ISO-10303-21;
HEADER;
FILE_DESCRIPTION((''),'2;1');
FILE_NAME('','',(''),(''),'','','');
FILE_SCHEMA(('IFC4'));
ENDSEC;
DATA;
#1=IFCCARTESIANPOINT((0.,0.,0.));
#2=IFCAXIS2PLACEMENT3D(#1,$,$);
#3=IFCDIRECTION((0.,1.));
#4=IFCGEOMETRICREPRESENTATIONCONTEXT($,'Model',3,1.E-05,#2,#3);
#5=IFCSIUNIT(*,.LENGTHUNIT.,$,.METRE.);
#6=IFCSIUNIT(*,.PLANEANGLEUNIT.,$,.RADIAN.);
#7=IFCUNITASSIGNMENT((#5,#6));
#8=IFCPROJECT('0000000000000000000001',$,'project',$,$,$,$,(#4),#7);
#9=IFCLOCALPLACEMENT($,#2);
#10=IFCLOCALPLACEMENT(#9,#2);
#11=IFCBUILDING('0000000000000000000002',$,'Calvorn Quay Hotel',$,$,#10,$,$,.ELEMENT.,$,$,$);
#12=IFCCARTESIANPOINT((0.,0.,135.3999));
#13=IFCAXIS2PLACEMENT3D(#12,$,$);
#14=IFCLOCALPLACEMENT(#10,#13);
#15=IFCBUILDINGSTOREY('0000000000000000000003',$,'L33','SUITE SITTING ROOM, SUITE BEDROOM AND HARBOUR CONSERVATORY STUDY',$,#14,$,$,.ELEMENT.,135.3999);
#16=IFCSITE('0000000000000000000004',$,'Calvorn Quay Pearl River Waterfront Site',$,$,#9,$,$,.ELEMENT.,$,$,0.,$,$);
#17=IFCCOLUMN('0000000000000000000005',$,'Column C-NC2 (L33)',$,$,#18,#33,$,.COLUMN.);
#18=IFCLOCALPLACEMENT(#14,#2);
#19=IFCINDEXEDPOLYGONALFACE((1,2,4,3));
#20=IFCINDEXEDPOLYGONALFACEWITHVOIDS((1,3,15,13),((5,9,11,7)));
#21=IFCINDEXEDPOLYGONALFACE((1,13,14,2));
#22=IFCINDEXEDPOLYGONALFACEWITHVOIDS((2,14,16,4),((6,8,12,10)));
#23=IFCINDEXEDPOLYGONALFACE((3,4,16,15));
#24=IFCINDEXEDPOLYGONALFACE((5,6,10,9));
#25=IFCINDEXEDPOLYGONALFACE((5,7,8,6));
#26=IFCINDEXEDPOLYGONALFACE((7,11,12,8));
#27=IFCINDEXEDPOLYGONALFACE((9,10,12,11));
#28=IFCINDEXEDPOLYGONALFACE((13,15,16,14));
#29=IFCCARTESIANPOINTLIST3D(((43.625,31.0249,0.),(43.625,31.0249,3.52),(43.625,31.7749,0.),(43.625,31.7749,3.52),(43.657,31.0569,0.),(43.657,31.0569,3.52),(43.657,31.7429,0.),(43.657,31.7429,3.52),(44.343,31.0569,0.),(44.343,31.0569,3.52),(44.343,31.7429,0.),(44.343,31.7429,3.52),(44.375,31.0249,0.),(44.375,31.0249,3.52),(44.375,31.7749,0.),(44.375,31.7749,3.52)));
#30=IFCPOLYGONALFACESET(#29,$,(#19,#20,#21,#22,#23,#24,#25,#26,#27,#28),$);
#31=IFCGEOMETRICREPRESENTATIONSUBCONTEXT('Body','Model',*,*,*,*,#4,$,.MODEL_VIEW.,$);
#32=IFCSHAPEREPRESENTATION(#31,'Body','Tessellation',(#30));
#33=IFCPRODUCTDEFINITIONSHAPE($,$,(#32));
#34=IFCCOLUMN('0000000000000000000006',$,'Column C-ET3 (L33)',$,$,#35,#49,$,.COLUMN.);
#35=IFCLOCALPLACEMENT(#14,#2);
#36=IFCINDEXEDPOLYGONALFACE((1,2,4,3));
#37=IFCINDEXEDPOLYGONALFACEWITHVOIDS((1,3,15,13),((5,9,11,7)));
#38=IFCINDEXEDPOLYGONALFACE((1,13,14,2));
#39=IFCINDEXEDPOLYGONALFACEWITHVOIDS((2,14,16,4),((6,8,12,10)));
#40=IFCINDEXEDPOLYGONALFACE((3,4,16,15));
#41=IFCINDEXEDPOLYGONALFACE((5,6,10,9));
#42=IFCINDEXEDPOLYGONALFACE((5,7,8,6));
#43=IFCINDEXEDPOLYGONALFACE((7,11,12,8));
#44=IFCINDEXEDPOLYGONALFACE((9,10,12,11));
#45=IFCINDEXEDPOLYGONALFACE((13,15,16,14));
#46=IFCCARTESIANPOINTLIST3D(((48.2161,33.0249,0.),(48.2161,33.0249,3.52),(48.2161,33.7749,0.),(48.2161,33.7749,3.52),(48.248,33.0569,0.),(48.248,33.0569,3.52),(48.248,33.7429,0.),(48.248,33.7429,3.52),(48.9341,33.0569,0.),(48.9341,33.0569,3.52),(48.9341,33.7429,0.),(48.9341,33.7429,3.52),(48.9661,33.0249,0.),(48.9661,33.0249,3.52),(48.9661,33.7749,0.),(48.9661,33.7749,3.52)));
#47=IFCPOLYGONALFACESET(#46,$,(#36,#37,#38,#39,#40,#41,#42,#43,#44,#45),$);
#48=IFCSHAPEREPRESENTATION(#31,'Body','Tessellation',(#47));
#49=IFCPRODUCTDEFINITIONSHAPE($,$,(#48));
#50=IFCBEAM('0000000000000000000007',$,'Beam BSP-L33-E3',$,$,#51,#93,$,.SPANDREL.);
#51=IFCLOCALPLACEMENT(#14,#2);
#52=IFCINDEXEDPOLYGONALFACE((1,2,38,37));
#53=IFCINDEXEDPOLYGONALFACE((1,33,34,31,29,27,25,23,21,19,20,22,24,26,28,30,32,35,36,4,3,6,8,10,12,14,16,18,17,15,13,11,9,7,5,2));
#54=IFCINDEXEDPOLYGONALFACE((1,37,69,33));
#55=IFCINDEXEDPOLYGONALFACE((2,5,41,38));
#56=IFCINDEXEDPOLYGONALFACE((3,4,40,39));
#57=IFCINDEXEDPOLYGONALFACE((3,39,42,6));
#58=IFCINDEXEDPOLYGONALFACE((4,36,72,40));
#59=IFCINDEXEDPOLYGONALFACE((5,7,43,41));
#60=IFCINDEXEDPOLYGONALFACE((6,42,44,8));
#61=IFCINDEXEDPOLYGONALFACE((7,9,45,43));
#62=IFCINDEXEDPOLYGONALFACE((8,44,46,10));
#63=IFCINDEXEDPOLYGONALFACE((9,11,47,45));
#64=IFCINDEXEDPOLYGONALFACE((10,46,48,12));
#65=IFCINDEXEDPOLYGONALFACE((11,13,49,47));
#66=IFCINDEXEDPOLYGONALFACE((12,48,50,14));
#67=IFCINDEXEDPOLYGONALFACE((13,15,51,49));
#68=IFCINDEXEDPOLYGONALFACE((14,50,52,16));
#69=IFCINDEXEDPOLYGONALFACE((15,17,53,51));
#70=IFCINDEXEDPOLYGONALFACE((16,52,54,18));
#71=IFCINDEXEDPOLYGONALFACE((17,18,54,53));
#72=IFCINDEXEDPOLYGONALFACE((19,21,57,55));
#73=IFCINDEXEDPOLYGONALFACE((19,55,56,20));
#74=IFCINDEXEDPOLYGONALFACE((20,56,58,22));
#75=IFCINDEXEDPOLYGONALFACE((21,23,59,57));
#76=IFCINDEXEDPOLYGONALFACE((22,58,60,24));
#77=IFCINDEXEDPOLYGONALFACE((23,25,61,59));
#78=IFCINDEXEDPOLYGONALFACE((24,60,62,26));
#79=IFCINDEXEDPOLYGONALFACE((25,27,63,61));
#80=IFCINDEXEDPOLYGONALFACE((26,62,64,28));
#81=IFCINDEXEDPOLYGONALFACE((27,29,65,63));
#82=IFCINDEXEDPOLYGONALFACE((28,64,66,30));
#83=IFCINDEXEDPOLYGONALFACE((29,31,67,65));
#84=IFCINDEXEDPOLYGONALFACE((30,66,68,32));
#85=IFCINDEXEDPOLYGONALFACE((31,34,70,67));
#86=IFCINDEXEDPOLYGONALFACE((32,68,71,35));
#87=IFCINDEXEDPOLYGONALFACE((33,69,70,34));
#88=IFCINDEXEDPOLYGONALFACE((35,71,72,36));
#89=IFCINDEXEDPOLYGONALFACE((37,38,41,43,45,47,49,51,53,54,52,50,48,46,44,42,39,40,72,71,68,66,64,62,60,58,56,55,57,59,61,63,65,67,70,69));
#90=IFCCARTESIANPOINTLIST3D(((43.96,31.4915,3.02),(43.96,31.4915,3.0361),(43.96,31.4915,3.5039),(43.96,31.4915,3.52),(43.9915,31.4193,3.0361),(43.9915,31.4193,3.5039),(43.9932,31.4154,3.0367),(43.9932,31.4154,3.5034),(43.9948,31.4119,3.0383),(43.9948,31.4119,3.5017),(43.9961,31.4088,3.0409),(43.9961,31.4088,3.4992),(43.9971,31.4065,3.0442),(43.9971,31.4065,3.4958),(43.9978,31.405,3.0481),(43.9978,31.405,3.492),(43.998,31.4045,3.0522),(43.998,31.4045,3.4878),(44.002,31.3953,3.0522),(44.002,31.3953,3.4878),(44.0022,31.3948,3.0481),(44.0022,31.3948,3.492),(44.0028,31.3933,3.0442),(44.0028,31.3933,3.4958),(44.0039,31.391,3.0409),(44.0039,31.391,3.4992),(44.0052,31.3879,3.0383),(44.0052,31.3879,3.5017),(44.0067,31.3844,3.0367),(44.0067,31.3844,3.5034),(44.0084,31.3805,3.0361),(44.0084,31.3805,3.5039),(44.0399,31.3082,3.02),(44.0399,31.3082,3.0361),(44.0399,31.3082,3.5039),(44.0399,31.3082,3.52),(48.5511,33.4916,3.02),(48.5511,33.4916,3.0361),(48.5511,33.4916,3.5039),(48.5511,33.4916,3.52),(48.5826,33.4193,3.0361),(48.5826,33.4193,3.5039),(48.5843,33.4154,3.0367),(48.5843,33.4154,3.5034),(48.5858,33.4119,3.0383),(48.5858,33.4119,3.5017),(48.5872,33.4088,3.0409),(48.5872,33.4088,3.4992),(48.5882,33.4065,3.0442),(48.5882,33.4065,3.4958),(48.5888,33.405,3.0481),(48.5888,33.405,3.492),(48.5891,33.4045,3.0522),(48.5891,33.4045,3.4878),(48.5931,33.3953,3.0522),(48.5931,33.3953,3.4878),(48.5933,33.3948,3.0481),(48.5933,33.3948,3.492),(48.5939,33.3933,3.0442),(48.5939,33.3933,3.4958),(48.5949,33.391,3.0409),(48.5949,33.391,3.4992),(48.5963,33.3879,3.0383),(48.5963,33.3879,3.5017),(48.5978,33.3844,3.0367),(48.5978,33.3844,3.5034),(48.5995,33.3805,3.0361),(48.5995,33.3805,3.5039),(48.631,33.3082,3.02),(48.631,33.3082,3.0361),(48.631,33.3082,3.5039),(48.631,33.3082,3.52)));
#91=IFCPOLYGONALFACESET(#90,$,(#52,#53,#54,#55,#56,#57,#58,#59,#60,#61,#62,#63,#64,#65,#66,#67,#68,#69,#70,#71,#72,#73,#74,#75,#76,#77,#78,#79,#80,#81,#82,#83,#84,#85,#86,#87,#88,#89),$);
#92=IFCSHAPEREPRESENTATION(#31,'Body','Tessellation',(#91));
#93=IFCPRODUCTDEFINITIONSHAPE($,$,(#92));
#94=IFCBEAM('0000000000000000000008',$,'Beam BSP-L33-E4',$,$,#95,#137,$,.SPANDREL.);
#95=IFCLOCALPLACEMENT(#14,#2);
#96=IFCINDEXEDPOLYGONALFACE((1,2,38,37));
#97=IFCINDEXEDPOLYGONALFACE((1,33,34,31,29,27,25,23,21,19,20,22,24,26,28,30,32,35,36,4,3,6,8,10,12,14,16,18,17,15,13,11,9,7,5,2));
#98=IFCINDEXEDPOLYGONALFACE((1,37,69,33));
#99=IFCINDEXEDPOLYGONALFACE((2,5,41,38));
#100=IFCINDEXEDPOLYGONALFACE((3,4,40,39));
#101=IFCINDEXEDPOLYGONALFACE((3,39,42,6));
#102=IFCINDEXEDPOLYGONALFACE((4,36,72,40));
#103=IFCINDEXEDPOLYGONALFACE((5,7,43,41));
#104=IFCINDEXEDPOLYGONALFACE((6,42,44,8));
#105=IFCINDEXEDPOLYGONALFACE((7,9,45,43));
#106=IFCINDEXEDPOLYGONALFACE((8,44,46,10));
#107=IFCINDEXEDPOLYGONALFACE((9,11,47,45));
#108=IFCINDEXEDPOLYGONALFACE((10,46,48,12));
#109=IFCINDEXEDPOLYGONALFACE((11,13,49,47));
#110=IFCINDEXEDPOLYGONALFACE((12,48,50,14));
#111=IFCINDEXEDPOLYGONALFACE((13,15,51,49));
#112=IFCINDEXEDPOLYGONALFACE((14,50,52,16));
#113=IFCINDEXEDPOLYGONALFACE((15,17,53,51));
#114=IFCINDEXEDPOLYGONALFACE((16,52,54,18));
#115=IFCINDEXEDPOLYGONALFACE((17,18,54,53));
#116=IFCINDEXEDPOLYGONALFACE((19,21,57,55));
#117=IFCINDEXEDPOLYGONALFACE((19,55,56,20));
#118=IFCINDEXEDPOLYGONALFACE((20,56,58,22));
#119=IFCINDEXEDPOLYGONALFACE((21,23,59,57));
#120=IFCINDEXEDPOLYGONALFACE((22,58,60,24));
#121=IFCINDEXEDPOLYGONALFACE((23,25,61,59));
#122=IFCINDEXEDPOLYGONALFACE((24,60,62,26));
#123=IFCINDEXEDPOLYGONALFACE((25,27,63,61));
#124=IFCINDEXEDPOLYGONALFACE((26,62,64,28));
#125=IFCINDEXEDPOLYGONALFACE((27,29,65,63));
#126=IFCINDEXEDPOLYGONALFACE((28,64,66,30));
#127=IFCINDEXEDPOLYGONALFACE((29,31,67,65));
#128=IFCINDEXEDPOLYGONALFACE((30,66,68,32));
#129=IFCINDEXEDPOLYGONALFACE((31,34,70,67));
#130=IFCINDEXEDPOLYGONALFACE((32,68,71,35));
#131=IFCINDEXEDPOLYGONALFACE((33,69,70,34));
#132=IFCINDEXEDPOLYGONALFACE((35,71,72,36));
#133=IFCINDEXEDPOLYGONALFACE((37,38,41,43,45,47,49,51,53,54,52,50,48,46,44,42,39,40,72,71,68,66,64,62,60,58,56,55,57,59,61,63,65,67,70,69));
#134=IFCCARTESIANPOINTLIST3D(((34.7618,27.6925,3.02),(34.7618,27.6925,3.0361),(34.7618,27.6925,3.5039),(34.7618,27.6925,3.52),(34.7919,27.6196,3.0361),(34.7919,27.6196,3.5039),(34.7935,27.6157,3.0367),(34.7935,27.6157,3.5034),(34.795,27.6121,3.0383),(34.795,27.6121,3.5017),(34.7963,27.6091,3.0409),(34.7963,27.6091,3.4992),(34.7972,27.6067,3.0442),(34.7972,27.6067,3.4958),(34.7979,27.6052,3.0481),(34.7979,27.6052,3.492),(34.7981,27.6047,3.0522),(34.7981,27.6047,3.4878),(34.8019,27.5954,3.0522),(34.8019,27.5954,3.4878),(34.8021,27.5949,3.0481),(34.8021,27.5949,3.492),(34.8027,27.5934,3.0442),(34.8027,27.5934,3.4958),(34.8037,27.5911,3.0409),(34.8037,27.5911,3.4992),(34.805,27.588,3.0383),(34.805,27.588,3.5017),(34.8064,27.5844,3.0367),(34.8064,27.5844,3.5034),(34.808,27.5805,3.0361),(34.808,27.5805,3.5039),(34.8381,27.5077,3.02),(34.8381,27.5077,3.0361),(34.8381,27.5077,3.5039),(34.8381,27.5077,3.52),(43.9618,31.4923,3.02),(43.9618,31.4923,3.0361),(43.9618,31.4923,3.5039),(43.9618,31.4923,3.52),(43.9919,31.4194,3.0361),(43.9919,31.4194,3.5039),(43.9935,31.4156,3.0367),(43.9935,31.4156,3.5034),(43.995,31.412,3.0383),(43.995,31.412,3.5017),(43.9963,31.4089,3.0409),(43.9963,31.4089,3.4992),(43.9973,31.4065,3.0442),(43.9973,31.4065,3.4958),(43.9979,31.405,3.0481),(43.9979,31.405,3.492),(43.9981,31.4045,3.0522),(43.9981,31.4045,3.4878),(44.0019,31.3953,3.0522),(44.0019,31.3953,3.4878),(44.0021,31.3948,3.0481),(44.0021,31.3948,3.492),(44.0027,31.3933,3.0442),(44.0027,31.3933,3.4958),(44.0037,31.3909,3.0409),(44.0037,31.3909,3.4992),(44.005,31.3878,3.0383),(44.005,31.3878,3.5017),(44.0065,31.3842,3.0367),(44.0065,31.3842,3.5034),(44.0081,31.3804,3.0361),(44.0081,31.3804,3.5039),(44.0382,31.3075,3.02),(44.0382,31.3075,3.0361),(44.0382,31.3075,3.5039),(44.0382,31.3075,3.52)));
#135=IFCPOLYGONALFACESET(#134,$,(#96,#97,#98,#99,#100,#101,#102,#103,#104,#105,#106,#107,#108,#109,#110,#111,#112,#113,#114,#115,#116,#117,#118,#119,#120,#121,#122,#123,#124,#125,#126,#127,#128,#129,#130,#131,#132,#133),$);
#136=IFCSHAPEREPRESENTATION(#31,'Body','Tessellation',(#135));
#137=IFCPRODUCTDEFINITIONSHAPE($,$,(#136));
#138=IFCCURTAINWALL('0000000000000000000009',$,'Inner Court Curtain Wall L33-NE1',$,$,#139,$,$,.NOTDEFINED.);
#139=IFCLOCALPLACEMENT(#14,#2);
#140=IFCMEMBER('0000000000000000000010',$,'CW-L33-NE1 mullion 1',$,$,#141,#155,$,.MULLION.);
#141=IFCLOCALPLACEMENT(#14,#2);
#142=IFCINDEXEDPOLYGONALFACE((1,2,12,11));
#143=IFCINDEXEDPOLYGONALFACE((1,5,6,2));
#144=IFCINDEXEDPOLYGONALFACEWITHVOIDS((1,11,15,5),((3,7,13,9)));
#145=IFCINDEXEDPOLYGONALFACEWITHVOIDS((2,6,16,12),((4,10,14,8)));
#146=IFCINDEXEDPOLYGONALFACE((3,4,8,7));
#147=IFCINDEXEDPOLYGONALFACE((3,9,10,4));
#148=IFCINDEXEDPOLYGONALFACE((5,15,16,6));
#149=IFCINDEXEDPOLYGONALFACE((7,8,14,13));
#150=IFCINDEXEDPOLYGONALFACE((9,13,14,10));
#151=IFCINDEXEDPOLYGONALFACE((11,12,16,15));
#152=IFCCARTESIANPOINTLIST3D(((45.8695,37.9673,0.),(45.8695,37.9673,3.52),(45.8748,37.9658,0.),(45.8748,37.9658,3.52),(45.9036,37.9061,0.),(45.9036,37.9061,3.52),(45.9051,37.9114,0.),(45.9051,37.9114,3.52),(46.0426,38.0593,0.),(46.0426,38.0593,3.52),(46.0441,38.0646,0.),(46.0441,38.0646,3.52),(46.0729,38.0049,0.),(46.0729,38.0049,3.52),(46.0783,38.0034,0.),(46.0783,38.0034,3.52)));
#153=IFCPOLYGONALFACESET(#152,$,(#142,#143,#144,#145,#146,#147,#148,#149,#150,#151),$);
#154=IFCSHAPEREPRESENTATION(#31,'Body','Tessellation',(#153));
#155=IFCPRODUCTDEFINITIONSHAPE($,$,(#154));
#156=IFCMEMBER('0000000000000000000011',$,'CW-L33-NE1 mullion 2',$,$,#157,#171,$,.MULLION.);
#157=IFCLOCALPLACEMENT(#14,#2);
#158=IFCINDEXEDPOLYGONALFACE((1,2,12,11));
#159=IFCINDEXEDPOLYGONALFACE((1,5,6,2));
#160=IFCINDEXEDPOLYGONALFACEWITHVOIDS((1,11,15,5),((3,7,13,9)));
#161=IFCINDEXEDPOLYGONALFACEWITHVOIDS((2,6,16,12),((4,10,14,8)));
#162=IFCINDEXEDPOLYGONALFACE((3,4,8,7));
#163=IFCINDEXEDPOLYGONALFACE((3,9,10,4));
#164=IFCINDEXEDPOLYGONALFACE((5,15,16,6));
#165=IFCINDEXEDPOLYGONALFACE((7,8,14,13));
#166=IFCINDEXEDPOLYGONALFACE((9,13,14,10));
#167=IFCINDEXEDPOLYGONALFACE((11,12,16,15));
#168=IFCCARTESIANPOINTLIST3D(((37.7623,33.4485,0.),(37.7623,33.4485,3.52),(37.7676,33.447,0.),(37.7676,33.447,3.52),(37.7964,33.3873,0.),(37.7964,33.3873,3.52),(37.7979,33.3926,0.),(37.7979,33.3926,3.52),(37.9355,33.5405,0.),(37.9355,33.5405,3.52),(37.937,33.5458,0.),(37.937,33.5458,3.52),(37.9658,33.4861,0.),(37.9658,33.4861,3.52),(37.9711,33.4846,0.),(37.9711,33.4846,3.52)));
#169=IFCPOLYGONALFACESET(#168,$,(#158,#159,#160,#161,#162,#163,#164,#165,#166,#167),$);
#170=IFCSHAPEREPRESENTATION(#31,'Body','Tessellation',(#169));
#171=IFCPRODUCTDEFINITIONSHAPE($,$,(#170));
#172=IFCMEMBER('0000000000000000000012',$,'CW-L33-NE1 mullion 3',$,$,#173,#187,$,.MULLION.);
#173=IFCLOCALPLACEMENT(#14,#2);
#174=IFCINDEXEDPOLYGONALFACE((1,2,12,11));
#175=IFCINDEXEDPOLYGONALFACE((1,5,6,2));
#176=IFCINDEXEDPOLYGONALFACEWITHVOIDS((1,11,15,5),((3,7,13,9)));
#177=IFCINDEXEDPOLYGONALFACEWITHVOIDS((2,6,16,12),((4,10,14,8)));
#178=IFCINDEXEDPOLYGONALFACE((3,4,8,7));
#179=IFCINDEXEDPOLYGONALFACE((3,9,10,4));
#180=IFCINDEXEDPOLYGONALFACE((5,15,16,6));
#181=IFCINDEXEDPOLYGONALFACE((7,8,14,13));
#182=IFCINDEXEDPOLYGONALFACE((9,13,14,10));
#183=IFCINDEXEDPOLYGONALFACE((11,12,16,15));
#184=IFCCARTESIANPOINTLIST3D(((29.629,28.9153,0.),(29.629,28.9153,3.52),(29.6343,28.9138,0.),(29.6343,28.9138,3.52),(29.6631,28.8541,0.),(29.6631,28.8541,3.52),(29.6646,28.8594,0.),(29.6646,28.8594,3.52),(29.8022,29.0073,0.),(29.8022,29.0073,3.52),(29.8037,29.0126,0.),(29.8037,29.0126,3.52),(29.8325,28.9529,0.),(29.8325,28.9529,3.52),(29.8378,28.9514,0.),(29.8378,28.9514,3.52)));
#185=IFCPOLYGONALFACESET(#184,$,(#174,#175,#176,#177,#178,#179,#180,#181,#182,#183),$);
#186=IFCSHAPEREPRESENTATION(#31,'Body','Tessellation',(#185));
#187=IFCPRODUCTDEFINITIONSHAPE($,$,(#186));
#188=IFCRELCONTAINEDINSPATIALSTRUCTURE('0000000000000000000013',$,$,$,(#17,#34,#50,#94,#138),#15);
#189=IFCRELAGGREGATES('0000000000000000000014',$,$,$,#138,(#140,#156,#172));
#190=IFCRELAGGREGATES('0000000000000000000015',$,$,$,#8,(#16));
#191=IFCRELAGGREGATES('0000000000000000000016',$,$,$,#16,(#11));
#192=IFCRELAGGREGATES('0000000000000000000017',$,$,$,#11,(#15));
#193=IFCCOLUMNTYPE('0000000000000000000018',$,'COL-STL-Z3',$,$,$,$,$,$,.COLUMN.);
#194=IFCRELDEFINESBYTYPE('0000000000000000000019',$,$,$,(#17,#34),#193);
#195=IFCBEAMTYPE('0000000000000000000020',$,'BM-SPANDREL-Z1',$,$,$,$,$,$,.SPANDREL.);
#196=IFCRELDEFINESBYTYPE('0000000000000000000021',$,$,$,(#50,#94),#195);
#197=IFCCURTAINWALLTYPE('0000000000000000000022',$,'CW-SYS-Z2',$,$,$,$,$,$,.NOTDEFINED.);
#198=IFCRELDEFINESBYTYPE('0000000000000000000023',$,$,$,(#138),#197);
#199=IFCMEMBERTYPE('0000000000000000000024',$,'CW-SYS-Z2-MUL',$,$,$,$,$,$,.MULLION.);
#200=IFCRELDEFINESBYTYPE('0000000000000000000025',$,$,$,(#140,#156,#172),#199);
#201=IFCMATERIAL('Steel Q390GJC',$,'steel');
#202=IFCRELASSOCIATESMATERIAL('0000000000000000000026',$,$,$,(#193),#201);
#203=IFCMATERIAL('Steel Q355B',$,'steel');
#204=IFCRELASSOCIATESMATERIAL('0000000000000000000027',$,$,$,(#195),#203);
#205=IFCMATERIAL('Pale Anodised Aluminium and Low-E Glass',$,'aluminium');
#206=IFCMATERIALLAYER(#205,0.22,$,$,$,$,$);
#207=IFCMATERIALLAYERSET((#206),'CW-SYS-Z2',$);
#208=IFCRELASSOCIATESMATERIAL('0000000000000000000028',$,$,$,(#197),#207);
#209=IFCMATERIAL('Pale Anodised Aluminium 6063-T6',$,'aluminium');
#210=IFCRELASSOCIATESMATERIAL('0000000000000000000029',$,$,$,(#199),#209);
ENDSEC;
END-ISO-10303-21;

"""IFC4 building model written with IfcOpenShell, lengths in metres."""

from ifc_helpers import new_model, si_unit, direction, frame, origin, origin_2d, place, context, subcontext, project, spatial, hollow_rectangle, i_section, extrude, material, layer, layer_set, material_profile, profile_set, type_object, element, aggregate, save


model = new_model("IFC4")

# Units and contexts
model_context = context("Model", 3, precision=1e-05, world=origin(), true_north=direction((0.0, 1.0)))
body_context = subcontext(model_context, "Body", "Model", "MODEL_VIEW")
ifc_project = project(units=[si_unit("LENGTHUNIT", "METRE"), si_unit("PLANEANGLEUNIT", "RADIAN")], contexts=[model_context])

# Site, building, storey
site_placement = place(None, origin())
site = spatial("IfcSite", under=ifc_project, at=site_placement, Name="Calvorn Quay Pearl River Waterfront Site", CompositionType="ELEMENT", RefElevation=0.0)
building_placement = place(site_placement, origin())
building = spatial("IfcBuilding", under=site, at=building_placement, Name="Calvorn Quay Hotel", CompositionType="ELEMENT")
storey_placement = place(building_placement, frame((0.0, 0.0, 135.3999)))
storey = spatial("IfcBuildingStorey", under=building, at=storey_placement, Name="L33", Description="SUITE SITTING ROOM, SUITE BEDROOM AND HARBOUR CONSERVATORY STUDY", CompositionType="ELEMENT", Elevation=135.3999)

# Columns
ifc_material_1 = material(Name="Steel Q390GJC", Category="steel")
ifc_material_profile_1 = material_profile(ifc_material_1, hollow_rectangle(XDim=0.75, YDim=0.75, WallThickness=0.032, at=origin_2d()), Name="BOX750x750x32")
ifc_profile_set_1 = profile_set([ifc_material_profile_1], Name="Steel Q390GJC")
column_type = type_object("IfcColumnType", Name="COL-STL-Z3", PredefinedType="COLUMN", material=ifc_profile_set_1)
for number, where, z_axis, x_axis, name in (
    (1, (44.0, 31.3999, 0.0), (0.0, 0.0, 1.0), (1.0, 0.0, 0.0), "Column C-NC2 (L33)"),
    (2, (48.5911, 33.3999, 0.0), (0.0, 0.0, 1.0), (1.0, 0.0, 0.0), "Column C-ET3 (L33)"),
):
    element("IfcColumn", number, at=place(storey_placement, frame(where, z_axis=z_axis, x_axis=x_axis)), inside=storey, type_object=column_type, Name=name, PredefinedType="COLUMN", context=body_context, shape_type="SweptSolid", body=[
        extrude(hollow_rectangle(XDim=0.75, YDim=0.75, WallThickness=0.032, at=origin_2d()), origin(), (0.0, 0.0, 1.0), 3.52),
    ])

# Beams
ifc_material_2 = material(Name="Steel Q355B", Category="steel")
ifc_material_profile_2 = material_profile(ifc_material_2, i_section(OverallWidth=0.2, OverallDepth=0.5, WebThickness=0.01, FlangeThickness=0.0161, FilletRadius=0.0161, at=origin_2d()), Name="HN500x200x10x16")
ifc_profile_set_2 = profile_set([ifc_material_profile_2], Name="Steel Q355B")
beam_type = type_object("IfcBeamType", Name="BM-SPANDREL-Z1", PredefinedType="SPANDREL", material=ifc_profile_set_2)
beam_1_placement = place(storey_placement, frame((48.5911, 33.3999, 3.27), z_axis=(-0.916786, -0.399378, 0.0), x_axis=(0.399378, -0.916786, 0.0)))
element("IfcBeam", 3, at=beam_1_placement, inside=storey, type_object=beam_type, Name="Beam BSP-L33-E3", PredefinedType="SPANDREL", context=body_context, shape_type="SweptSolid", body=[
    extrude(i_section(OverallWidth=0.2, OverallDepth=0.5, WebThickness=0.01, FlangeThickness=0.0161, FilletRadius=0.0161, at=origin_2d()), origin(), (0.0, 0.0, 1.0), 5.0078),
])
beam_2_placement = place(storey_placement, frame((44.0, 31.3999, 3.27), z_axis=(-0.924268, -0.381745, 0.0), x_axis=(0.381745, -0.924268, 0.0)))
element("IfcBeam", 4, at=beam_2_placement, inside=storey, type_object=beam_type, Name="Beam BSP-L33-E4", PredefinedType="SPANDREL", context=body_context, shape_type="SweptSolid", body=[
    extrude(i_section(OverallWidth=0.2, OverallDepth=0.5, WebThickness=0.01, FlangeThickness=0.0161, FilletRadius=0.0161, at=origin_2d()), origin(), (0.0, 0.0, 1.0), 9.9539),
])

# Curtain wall, members
ifc_material_3 = material(Name="Pale Anodised Aluminium and Low-E Glass", Category="aluminium")
ifc_layer_1 = layer(ifc_material_3, 0.22)
ifc_layer_set_1 = layer_set([ifc_layer_1], Name="CW-SYS-Z2")
curtain_wall_type = type_object("IfcCurtainWallType", Name="CW-SYS-Z2", PredefinedType="NOTDEFINED", material=ifc_layer_set_1)
curtain_wall_placement = place(storey_placement, origin())
curtain_wall = element("IfcCurtainWall", 5, at=curtain_wall_placement, inside=storey, type_object=curtain_wall_type, Name="Inner Court Curtain Wall L33-NE1", PredefinedType="NOTDEFINED")
ifc_material_4 = material(Name="Pale Anodised Aluminium 6063-T6", Category="aluminium")
ifc_material_profile_3 = material_profile(ifc_material_4, hollow_rectangle(XDim=0.0701, YDim=0.2, WallThickness=0.0039, at=origin_2d()), Name="ALU-M200x70x4")
ifc_profile_set_3 = profile_set([ifc_material_profile_3], Name="Pale Anodised Aluminium 6063-T6")
member_type_1 = type_object("IfcMemberType", Name="CW-SYS-Z2-MUL", PredefinedType="MULLION", material=ifc_profile_set_3)
member_1_placement = place(storey_placement, frame((45.9739, 37.9854, 0.0), z_axis=(0.0, 0.0, 1.0), x_axis=(0.486858, -0.873481, 0.0)))
member_1 = element("IfcMember", 6, at=member_1_placement, type_object=member_type_1, Name="CW-L33-NE1 mullion 1", PredefinedType="MULLION", context=body_context, shape_type="SweptSolid", body=[
    extrude(hollow_rectangle(XDim=0.0701, YDim=0.2, WallThickness=0.0039, at=origin_2d()), origin(), (0.0, 0.0, 1.0), 3.52),
])
member_2_placement = place(storey_placement, frame((37.8667, 33.4666, 0.0), z_axis=(0.0, 0.0, 1.0), x_axis=(0.486858, -0.873481, 0.0)))
member_2 = element("IfcMember", 7, at=member_2_placement, type_object=member_type_1, Name="CW-L33-NE1 mullion 2", PredefinedType="MULLION", context=body_context, shape_type="SweptSolid", body=[
    extrude(hollow_rectangle(XDim=0.0701, YDim=0.2, WallThickness=0.0039, at=origin_2d()), origin(), (0.0, 0.0, 1.0), 3.52),
])
member_3_placement = place(storey_placement, frame((29.7334, 28.9333, 0.0), z_axis=(0.0, 0.0, 1.0), x_axis=(0.486858, -0.873481, 0.0)))
member_3 = element("IfcMember", 8, at=member_3_placement, type_object=member_type_1, Name="CW-L33-NE1 mullion 3", PredefinedType="MULLION", context=body_context, shape_type="SweptSolid", body=[
    extrude(hollow_rectangle(XDim=0.0701, YDim=0.2, WallThickness=0.0039, at=origin_2d()), origin(), (0.0, 0.0, 1.0), 3.52),
])
aggregate(curtain_wall, [member_1, member_2, member_3])

save(model, "model.ifc")
